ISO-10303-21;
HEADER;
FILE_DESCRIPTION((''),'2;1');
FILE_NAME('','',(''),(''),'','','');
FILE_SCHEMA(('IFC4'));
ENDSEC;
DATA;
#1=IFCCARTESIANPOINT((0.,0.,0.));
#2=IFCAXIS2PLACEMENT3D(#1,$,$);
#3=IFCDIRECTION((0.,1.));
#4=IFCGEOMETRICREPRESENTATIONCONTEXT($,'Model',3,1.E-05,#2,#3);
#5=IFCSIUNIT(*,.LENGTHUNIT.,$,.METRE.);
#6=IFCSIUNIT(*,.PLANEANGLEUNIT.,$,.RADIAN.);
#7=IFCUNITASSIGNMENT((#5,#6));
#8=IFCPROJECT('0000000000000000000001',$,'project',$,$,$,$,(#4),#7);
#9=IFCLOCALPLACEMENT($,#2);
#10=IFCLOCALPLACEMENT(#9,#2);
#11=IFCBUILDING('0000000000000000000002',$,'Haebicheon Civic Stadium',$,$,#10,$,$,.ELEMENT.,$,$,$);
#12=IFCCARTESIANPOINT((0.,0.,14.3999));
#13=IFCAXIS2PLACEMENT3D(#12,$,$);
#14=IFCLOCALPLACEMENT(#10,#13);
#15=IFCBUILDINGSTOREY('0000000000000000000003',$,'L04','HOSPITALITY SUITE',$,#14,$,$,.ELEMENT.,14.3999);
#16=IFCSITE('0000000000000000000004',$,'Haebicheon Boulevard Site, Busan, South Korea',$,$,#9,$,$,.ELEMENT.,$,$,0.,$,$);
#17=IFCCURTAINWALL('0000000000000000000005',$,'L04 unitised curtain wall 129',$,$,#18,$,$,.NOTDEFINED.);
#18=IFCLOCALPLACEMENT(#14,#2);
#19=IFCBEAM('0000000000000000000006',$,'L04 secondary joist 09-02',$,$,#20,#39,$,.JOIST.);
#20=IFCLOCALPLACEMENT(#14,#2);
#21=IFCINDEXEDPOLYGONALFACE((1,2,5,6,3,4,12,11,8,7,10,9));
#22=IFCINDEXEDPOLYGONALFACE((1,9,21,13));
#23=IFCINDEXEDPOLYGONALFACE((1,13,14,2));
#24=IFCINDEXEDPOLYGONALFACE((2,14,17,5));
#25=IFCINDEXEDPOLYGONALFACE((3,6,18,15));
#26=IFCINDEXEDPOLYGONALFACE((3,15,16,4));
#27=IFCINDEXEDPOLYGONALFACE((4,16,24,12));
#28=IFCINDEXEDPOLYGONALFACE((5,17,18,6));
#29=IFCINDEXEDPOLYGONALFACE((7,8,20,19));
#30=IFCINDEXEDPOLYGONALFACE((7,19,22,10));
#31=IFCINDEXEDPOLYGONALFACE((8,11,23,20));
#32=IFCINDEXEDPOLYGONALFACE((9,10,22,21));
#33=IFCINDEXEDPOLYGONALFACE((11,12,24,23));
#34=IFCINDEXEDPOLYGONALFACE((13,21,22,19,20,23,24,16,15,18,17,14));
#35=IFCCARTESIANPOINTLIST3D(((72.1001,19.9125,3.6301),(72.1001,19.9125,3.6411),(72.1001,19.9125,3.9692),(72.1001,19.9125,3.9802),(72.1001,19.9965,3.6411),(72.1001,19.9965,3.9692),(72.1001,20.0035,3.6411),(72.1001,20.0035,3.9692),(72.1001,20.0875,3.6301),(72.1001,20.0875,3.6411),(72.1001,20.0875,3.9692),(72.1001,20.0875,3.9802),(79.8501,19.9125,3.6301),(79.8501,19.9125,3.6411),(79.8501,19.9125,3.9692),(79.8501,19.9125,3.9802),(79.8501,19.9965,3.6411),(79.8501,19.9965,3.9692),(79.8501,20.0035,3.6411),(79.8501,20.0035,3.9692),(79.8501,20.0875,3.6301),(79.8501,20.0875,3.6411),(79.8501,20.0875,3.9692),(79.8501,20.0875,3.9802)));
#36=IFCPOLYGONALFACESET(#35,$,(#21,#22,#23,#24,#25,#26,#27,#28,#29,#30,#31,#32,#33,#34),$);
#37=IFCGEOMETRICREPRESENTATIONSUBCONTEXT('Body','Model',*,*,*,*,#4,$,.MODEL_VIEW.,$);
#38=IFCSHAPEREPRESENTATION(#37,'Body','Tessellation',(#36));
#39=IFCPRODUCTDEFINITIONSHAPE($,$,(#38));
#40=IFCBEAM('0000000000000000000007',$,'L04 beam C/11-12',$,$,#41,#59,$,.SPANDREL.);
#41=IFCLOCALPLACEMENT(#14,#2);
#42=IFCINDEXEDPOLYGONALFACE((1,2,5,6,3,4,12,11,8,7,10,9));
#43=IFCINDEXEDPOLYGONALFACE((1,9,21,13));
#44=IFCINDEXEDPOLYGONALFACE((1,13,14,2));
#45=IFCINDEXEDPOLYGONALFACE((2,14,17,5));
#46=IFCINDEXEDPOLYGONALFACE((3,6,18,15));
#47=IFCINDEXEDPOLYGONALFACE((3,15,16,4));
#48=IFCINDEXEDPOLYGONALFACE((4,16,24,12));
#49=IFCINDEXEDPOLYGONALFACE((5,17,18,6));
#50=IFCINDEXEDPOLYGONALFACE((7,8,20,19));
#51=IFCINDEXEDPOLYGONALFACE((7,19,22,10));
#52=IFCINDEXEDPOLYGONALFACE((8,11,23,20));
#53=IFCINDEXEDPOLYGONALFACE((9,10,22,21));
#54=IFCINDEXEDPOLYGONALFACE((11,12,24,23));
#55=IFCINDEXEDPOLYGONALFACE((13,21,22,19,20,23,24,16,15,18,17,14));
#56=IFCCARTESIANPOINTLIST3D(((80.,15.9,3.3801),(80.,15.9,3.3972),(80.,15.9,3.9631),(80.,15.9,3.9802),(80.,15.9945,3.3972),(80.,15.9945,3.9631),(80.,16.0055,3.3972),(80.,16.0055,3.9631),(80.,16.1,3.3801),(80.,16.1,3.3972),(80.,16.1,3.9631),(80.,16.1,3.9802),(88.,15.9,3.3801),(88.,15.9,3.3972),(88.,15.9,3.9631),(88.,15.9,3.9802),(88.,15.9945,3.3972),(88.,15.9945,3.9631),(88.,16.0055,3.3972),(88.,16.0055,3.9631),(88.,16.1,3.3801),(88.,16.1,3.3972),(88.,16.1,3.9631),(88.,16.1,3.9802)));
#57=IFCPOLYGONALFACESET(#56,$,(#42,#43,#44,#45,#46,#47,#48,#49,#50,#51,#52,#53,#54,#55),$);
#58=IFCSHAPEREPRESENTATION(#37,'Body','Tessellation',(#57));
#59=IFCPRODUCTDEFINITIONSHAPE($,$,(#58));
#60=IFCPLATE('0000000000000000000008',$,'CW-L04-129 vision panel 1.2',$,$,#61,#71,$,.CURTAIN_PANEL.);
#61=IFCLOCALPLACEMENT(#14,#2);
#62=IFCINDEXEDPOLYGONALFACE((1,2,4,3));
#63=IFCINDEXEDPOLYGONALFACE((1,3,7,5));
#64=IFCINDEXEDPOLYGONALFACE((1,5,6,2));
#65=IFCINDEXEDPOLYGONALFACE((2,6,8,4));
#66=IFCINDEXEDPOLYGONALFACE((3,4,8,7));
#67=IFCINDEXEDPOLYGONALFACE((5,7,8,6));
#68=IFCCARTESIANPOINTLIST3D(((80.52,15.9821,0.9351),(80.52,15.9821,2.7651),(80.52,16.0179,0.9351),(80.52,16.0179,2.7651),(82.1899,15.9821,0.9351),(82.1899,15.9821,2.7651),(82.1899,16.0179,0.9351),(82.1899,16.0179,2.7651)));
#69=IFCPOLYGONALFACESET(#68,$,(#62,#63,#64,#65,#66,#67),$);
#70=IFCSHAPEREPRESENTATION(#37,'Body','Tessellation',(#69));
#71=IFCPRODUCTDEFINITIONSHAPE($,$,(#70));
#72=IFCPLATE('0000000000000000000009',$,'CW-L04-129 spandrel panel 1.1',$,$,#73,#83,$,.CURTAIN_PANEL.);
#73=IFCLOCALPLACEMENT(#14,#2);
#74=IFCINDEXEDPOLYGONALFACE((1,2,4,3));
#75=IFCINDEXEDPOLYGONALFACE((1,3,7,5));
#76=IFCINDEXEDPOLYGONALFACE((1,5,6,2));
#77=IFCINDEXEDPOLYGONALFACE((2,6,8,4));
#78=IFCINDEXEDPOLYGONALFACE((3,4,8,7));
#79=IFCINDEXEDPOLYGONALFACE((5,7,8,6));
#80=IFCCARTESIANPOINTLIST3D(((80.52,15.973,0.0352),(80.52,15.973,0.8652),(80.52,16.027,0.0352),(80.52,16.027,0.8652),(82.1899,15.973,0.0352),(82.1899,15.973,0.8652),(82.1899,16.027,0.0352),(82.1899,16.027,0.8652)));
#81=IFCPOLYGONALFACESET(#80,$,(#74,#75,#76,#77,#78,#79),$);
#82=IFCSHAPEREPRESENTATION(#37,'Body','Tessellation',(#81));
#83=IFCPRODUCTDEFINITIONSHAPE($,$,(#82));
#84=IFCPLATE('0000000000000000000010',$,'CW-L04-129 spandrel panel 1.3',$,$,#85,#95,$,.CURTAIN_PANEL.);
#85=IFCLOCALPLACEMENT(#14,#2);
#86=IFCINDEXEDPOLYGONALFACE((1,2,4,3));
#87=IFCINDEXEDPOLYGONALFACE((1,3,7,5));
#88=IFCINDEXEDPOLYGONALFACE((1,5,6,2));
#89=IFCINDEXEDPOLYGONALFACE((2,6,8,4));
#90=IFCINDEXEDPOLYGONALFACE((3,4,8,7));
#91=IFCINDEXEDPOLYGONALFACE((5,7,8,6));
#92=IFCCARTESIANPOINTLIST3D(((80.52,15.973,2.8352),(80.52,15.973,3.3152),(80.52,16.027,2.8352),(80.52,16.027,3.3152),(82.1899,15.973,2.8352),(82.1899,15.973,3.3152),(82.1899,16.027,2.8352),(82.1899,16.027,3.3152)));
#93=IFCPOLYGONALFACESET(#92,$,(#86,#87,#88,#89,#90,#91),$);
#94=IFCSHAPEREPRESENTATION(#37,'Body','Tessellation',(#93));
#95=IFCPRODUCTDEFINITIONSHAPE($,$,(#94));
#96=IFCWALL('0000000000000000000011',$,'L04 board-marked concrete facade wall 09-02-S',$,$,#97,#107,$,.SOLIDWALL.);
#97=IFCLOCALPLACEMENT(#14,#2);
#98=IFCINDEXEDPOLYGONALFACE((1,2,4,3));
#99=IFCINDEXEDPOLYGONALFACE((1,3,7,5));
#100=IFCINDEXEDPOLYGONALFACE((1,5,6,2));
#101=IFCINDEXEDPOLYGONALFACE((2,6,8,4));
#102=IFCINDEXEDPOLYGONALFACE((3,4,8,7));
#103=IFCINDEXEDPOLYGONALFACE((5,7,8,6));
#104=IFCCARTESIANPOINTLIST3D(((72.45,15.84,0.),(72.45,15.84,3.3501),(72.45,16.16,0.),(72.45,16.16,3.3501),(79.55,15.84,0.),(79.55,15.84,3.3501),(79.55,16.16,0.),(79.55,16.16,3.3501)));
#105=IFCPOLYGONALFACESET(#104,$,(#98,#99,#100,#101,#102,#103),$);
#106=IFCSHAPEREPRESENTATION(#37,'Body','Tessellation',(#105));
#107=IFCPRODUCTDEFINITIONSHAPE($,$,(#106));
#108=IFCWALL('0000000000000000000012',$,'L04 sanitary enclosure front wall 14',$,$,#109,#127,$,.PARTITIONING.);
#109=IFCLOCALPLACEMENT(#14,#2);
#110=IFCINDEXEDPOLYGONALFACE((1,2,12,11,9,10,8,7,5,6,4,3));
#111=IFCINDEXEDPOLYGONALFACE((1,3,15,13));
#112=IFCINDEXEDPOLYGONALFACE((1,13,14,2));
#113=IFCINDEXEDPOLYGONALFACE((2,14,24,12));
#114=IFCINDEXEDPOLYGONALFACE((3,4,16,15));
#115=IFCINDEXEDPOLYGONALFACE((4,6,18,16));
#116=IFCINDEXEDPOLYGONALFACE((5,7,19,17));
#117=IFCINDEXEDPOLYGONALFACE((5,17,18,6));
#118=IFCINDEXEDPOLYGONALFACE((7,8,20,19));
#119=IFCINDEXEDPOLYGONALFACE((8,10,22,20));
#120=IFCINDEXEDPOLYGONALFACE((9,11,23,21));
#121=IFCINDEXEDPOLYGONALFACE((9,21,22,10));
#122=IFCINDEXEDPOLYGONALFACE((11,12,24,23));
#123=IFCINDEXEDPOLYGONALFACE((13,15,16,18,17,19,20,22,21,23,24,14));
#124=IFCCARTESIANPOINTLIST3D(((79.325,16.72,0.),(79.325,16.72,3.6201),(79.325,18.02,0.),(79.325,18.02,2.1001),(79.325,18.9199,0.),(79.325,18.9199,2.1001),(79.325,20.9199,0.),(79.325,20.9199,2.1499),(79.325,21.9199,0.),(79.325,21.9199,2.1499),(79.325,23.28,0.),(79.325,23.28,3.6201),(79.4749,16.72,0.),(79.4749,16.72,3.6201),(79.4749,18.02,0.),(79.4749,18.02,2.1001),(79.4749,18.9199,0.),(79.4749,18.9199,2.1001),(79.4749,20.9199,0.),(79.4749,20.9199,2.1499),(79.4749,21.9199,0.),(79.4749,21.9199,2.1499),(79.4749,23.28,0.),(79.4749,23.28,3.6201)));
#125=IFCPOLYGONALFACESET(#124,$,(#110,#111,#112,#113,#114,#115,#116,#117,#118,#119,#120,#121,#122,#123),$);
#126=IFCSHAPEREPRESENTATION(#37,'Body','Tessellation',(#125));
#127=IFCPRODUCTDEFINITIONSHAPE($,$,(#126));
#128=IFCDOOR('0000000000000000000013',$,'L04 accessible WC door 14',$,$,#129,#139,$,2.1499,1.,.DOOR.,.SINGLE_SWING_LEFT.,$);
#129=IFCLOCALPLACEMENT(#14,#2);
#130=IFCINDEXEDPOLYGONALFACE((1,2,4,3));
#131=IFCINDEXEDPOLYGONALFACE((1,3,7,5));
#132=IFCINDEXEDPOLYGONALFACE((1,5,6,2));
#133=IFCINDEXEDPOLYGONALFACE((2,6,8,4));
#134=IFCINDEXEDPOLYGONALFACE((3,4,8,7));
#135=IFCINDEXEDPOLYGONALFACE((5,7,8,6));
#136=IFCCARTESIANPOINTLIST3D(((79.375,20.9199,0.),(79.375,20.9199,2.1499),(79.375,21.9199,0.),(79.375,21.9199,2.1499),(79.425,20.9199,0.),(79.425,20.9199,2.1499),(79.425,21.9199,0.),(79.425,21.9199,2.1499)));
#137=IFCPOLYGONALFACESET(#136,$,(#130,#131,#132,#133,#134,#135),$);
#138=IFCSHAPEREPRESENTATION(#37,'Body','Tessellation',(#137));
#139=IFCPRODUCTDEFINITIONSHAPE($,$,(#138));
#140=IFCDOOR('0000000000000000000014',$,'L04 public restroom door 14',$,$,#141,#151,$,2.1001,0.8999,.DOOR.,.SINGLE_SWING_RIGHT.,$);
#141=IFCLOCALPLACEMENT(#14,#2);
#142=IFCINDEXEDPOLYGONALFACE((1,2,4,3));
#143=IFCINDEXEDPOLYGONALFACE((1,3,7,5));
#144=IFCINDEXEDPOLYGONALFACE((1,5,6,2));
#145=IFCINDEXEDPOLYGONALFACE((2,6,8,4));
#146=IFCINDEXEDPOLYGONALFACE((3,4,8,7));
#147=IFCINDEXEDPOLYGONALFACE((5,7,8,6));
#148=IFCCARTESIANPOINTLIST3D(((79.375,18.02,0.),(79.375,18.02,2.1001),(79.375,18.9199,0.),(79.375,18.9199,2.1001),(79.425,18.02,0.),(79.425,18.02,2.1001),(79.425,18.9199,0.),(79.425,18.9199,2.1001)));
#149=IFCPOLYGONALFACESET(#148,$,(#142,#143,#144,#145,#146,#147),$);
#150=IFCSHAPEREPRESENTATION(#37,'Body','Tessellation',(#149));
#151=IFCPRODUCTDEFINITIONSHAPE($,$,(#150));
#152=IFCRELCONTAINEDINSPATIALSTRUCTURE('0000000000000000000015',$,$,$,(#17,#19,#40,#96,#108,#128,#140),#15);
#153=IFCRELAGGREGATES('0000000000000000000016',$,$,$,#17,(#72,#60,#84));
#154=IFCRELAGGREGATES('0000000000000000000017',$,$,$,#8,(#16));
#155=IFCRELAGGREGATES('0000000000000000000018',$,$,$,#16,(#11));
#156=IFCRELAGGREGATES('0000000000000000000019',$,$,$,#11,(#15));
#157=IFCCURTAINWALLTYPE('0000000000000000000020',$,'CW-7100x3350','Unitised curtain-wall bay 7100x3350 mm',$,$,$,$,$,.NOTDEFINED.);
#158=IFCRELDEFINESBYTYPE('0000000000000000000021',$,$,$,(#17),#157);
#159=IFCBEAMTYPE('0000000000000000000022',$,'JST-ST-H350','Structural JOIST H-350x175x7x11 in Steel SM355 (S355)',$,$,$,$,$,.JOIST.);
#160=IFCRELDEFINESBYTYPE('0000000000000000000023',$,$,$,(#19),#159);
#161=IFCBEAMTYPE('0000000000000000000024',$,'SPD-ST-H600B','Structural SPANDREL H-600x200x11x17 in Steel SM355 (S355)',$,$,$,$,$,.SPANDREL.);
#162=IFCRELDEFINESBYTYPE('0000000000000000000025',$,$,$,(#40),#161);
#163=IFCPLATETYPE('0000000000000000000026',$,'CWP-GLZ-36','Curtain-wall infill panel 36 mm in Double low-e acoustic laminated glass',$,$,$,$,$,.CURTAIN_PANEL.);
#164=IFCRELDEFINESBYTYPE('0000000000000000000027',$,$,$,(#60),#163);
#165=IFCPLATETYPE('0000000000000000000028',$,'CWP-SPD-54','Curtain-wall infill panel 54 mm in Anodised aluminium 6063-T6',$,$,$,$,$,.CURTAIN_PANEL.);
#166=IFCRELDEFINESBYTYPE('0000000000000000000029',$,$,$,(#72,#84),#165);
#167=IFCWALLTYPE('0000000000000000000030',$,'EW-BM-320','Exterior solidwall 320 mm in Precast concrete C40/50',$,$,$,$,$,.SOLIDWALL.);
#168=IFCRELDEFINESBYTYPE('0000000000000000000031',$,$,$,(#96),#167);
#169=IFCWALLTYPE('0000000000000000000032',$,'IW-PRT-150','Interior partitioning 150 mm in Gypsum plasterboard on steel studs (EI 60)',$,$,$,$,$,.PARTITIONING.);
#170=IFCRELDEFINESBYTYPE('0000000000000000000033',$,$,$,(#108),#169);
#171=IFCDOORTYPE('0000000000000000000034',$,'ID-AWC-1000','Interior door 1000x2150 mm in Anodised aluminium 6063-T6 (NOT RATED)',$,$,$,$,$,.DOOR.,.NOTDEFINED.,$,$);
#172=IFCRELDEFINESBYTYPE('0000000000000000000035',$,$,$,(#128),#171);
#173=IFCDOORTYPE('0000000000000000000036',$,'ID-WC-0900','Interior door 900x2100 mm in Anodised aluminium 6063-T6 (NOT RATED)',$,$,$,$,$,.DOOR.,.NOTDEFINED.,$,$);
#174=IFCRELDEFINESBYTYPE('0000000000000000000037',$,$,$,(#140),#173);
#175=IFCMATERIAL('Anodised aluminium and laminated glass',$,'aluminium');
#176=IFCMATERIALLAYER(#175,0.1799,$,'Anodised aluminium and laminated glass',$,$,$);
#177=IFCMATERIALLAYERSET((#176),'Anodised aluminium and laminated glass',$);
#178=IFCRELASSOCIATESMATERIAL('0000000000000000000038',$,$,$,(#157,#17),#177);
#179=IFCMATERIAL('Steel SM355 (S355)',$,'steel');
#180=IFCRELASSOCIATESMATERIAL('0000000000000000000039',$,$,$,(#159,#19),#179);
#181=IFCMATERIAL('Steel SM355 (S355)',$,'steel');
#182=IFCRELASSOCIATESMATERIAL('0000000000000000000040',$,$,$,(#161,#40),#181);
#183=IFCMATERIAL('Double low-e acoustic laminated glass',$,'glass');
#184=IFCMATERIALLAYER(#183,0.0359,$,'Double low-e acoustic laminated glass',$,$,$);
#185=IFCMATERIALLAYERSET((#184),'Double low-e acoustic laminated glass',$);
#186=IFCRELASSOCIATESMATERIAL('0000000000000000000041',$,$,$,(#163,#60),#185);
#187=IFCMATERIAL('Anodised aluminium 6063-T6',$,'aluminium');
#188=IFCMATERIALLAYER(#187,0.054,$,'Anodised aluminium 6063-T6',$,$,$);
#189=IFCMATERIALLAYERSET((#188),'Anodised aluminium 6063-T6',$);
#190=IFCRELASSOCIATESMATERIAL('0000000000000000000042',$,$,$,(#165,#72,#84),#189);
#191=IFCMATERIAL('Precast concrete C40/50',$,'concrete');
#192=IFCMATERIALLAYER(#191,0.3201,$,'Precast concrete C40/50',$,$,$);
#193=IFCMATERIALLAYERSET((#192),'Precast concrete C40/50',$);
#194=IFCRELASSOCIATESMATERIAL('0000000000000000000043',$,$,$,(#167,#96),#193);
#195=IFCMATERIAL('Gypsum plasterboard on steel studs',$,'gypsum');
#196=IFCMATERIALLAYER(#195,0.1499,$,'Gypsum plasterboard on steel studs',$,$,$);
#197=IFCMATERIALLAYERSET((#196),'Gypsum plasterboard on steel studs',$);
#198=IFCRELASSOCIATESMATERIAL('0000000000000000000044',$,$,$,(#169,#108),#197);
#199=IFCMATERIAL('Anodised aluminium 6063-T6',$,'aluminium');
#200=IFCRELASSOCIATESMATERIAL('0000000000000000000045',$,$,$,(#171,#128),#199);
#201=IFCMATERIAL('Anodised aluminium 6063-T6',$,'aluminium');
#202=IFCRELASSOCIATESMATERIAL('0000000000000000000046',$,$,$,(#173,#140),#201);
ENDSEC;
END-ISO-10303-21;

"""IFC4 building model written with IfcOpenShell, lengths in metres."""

from ifc_helpers import new_model, si_unit, direction, frame, frame_2d, origin, origin_2d, place, context, subcontext, project, spatial, rectangle, i_section, extrude, material, layer, layer_set, material_profile, profile_set, type_object, element, fill, aggregate, save


model = new_model("IFC4")

# Units and contexts
model_context = context("Model", 3, precision=1e-05, world=origin(), true_north=direction((0.0, 1.0)))
body_context = subcontext(model_context, "Body", "Model", "MODEL_VIEW")
ifc_project = project(units=[si_unit("LENGTHUNIT", "METRE"), si_unit("PLANEANGLEUNIT", "RADIAN")], contexts=[model_context])

# Site, building, storey
site_placement = place(None, origin())
site = spatial("IfcSite", under=ifc_project, at=site_placement, Name="Haebicheon Boulevard Site, Busan, South Korea", CompositionType="ELEMENT", RefElevation=0.0)
building_placement = place(site_placement, origin())
building = spatial("IfcBuilding", under=site, at=building_placement, Name="Haebicheon Civic Stadium", CompositionType="ELEMENT")
storey_placement = place(building_placement, frame((0.0, 0.0, 14.3999)))
storey = spatial("IfcBuildingStorey", under=building, at=storey_placement, Name="L04", Description="HOSPITALITY SUITE", CompositionType="ELEMENT", Elevation=14.3999)

# Curtain wall
ifc_material_1 = material(Name="Anodised aluminium and laminated glass", Category="aluminium")
ifc_layer_1 = layer(ifc_material_1, 0.1799, Name="Anodised aluminium and laminated glass")
ifc_layer_set_1 = layer_set([ifc_layer_1], Name="Anodised aluminium and laminated glass")
curtain_wall_type = type_object("IfcCurtainWallType", Name="CW-7100x3350", Description="Unitised curtain-wall bay 7100x3350 mm", PredefinedType="NOTDEFINED", material=ifc_layer_set_1)
curtain_wall_placement = place(storey_placement, origin())
curtain_wall = element("IfcCurtainWall", 1, at=curtain_wall_placement, inside=storey, type_object=curtain_wall_type, material=ifc_layer_set_1, Name="L04 unitised curtain wall 129", PredefinedType="NOTDEFINED")

# Beams
ifc_material_2 = material(Name="Steel SM355 (S355)", Category="steel")
ifc_material_profile_1 = material_profile(ifc_material_2, i_section(OverallWidth=0.175, OverallDepth=0.3501, WebThickness=0.0071, FlangeThickness=0.011, at=origin_2d()), Name="H-350x175x7x11")
ifc_profile_set_1 = profile_set([ifc_material_profile_1], Name="Steel SM355 (S355)")
beam_type_1 = type_object("IfcBeamType", Name="JST-ST-H350", Description="Structural JOIST H-350x175x7x11 in Steel SM355 (S355)", PredefinedType="JOIST", material=ifc_profile_set_1)
beam_1_placement = place(storey_placement, frame((72.1001, 20.0, 3.8052), z_axis=(1.0, 0.0, 0.0), x_axis=(0.0, 1.0, 0.0)))
element("IfcBeam", 2, at=beam_1_placement, inside=storey, type_object=beam_type_1, material=ifc_profile_set_1, Name="L04 secondary joist 09-02", PredefinedType="JOIST", context=body_context, shape_type="SweptSolid", body=[
    extrude(i_section(OverallWidth=0.175, OverallDepth=0.3501, WebThickness=0.0071, FlangeThickness=0.011, at=origin_2d()), origin(), (0.0, 0.0, 1.0), 7.75),
])
ifc_material_3 = material(Name="Steel SM355 (S355)", Category="steel")
ifc_material_profile_2 = material_profile(ifc_material_3, i_section(OverallWidth=0.2, OverallDepth=0.6001, WebThickness=0.011, FlangeThickness=0.0171, at=origin_2d()), Name="H-600x200x11x17")
ifc_profile_set_2 = profile_set([ifc_material_profile_2], Name="Steel SM355 (S355)")
beam_type_2 = type_object("IfcBeamType", Name="SPD-ST-H600B", Description="Structural SPANDREL H-600x200x11x17 in Steel SM355 (S355)", PredefinedType="SPANDREL", material=ifc_profile_set_2)
beam_2_placement = place(storey_placement, frame((80.0, 16.0, 3.6802), z_axis=(1.0, 0.0, 0.0), x_axis=(0.0, 1.0, 0.0)))
element("IfcBeam", 3, at=beam_2_placement, inside=storey, type_object=beam_type_2, material=ifc_profile_set_2, Name="L04 beam C/11-12", PredefinedType="SPANDREL", context=body_context, shape_type="SweptSolid", body=[
    extrude(i_section(OverallWidth=0.2, OverallDepth=0.6001, WebThickness=0.011, FlangeThickness=0.0171, at=origin_2d()), origin(), (0.0, 0.0, 1.0), 8.0),
])

# Plates
ifc_material_4 = material(Name="Double low-e acoustic laminated glass", Category="glass")
ifc_layer_2 = layer(ifc_material_4, 0.0359, Name="Double low-e acoustic laminated glass")
ifc_layer_set_2 = layer_set([ifc_layer_2], Name="Double low-e acoustic laminated glass")
plate_type_1 = type_object("IfcPlateType", Name="CWP-GLZ-36", Description="Curtain-wall infill panel 36 mm in Double low-e acoustic laminated glass", PredefinedType="CURTAIN_PANEL", material=ifc_layer_set_2)
plate_1_placement = place(storey_placement, frame((81.355, 16.0, 0.9351), z_axis=(0.0, 0.0, 1.0), x_axis=(1.0, 0.0, 0.0)))
plate_1 = element("IfcPlate", 4, at=plate_1_placement, type_object=plate_type_1, material=ifc_layer_set_2, Name="CW-L04-129 vision panel 1.2", PredefinedType="CURTAIN_PANEL", context=body_context, shape_type="SweptSolid", body=[
    extrude(rectangle(XDim=1.6699, YDim=0.0359, at=origin_2d()), origin(), (0.0, 0.0, 1.0), 1.8301),
])
ifc_material_5 = material(Name="Anodised aluminium 6063-T6", Category="aluminium")
ifc_layer_3 = layer(ifc_material_5, 0.054, Name="Anodised aluminium 6063-T6")
ifc_layer_set_3 = layer_set([ifc_layer_3], Name="Anodised aluminium 6063-T6")
plate_type_2 = type_object("IfcPlateType", Name="CWP-SPD-54", Description="Curtain-wall infill panel 54 mm in Anodised aluminium 6063-T6", PredefinedType="CURTAIN_PANEL", material=ifc_layer_set_3)
plate_2_placement = place(storey_placement, frame((81.355, 16.0, 0.0352), z_axis=(0.0, 0.0, 1.0), x_axis=(1.0, 0.0, 0.0)))
plate_2 = element("IfcPlate", 5, at=plate_2_placement, type_object=plate_type_2, material=ifc_layer_set_3, Name="CW-L04-129 spandrel panel 1.1", PredefinedType="CURTAIN_PANEL", context=body_context, shape_type="SweptSolid", body=[
    extrude(rectangle(XDim=1.6699, YDim=0.054, at=origin_2d()), origin(), (0.0, 0.0, 1.0), 0.8301),
])
plate_3_placement = place(storey_placement, frame((81.355, 16.0, 2.8352), z_axis=(0.0, 0.0, 1.0), x_axis=(1.0, 0.0, 0.0)))
plate_3 = element("IfcPlate", 6, at=plate_3_placement, type_object=plate_type_2, material=ifc_layer_set_3, Name="CW-L04-129 spandrel panel 1.3", PredefinedType="CURTAIN_PANEL", context=body_context, shape_type="SweptSolid", body=[
    extrude(rectangle(XDim=1.6699, YDim=0.054, at=origin_2d()), origin(), (0.0, 0.0, 1.0), 0.48),
])
aggregate(curtain_wall, [plate_2, plate_1, plate_3])

# Wall
ifc_material_6 = material(Name="Precast concrete C40/50", Category="concrete")
ifc_layer_4 = layer(ifc_material_6, 0.3201, Name="Precast concrete C40/50")
ifc_layer_set_4 = layer_set([ifc_layer_4], Name="Precast concrete C40/50")
wall_type_1 = type_object("IfcWallType", Name="EW-BM-320", Description="Exterior solidwall 320 mm in Precast concrete C40/50", PredefinedType="SOLIDWALL", material=ifc_layer_set_4)
wall_1_placement = place(storey_placement, frame((72.45, 16.0, 0.0), z_axis=(0.0, 0.0, 1.0), x_axis=(1.0, 0.0, 0.0)))
element("IfcWall", 7, at=wall_1_placement, inside=storey, type_object=wall_type_1, material=ifc_layer_set_4, Name="L04 board-marked concrete facade wall 09-02-S", PredefinedType="SOLIDWALL", context=body_context, shape_type="SweptSolid", body=[
    extrude(rectangle(XDim=7.1001, YDim=0.3201, at=frame_2d((3.55, 0.0))), origin(), (0.0, 0.0, 1.0), 3.3501),
])

# Wall, openings, doors
ifc_material_7 = material(Name="Gypsum plasterboard on steel studs", Category="gypsum")
ifc_layer_5 = layer(ifc_material_7, 0.1499, Name="Gypsum plasterboard on steel studs")
ifc_layer_set_5 = layer_set([ifc_layer_5], Name="Gypsum plasterboard on steel studs")
wall_type_2 = type_object("IfcWallType", Name="IW-PRT-150", Description="Interior partitioning 150 mm in Gypsum plasterboard on steel studs (EI 60)", PredefinedType="PARTITIONING", material=ifc_layer_set_5)
wall_2_placement = place(storey_placement, frame((79.3999, 16.72, 0.0), z_axis=(0.0, 0.0, 1.0), x_axis=(0.0, 1.0, 0.0)))
wall_2 = element("IfcWall", 8, at=wall_2_placement, inside=storey, type_object=wall_type_2, material=ifc_layer_set_5, Name="L04 sanitary enclosure front wall 14", PredefinedType="PARTITIONING", context=body_context, shape_type="SweptSolid", body=[
    extrude(rectangle(XDim=6.5601, YDim=0.1499, at=frame_2d((3.28, 0.0))), origin(), (0.0, 0.0, 1.0), 3.6201),
])
opening_1_placement = place(wall_2_placement, frame((1.3, 0.0, 0.0)))
opening_1 = element("IfcOpeningElement", 9, at=opening_1_placement, cuts=wall_2, PredefinedType="OPENING", context=body_context, shape_type="SweptSolid", body=[
    extrude(rectangle(XDim=0.8999, YDim=2.1001, at=frame_2d((0.45, 1.05))), frame((0.0, 0.085, 0.0), z_axis=(0.0, -1.0, 0.0), x_axis=(1.0, 0.0, 0.0)), (0.0, 0.0, 1.0), 0.1699),
])
opening_2_placement = place(wall_2_placement, frame((4.2, 0.0, 0.0)))
opening_2 = element("IfcOpeningElement", 10, at=opening_2_placement, cuts=wall_2, PredefinedType="OPENING", context=body_context, shape_type="SweptSolid", body=[
    extrude(rectangle(XDim=1.0, YDim=2.1499, at=frame_2d((0.5, 1.075))), frame((0.0, 0.085, 0.0), z_axis=(0.0, -1.0, 0.0), x_axis=(1.0, 0.0, 0.0)), (0.0, 0.0, 1.0), 0.1699),
])
ifc_material_8 = material(Name="Anodised aluminium 6063-T6", Category="aluminium")
door_type_1 = type_object("IfcDoorType", Name="ID-AWC-1000", Description="Interior door 1000x2150 mm in Anodised aluminium 6063-T6 (NOT RATED)", OperationType="NOTDEFINED", PredefinedType="DOOR", material=ifc_material_8)
door_1_placement = place(opening_2_placement, origin())
door_1 = element("IfcDoor", 11, at=door_1_placement, inside=storey, type_object=door_type_1, material=ifc_material_8, Name="L04 accessible WC door 14", OperationType="SINGLE_SWING_LEFT", OverallHeight=2.1499, OverallWidth=1.0, PredefinedType="DOOR", context=body_context, shape_type="SweptSolid", body=[
    extrude(rectangle(XDim=1.0, YDim=2.1499, at=frame_2d((0.5, 1.075))), frame((0.0, 0.0249, 0.0), z_axis=(0.0, -1.0, 0.0), x_axis=(1.0, 0.0, 0.0)), (0.0, 0.0, 1.0), 0.05),
])
fill(opening_2, door_1)
ifc_material_9 = material(Name="Anodised aluminium 6063-T6", Category="aluminium")
door_type_2 = type_object("IfcDoorType", Name="ID-WC-0900", Description="Interior door 900x2100 mm in Anodised aluminium 6063-T6 (NOT RATED)", OperationType="NOTDEFINED", PredefinedType="DOOR", material=ifc_material_9)
door_2_placement = place(opening_1_placement, origin())
door_2 = element("IfcDoor", 12, at=door_2_placement, inside=storey, type_object=door_type_2, material=ifc_material_9, Name="L04 public restroom door 14", OperationType="SINGLE_SWING_RIGHT", OverallHeight=2.1001, OverallWidth=0.8999, PredefinedType="DOOR", context=body_context, shape_type="SweptSolid", body=[
    extrude(rectangle(XDim=0.8999, YDim=2.1001, at=frame_2d((0.45, 1.05))), frame((0.0, 0.0249, 0.0), z_axis=(0.0, -1.0, 0.0), x_axis=(1.0, 0.0, 0.0)), (0.0, 0.0, 1.0), 0.05),
])
fill(opening_1, door_2)

save(model, "model.ifc")
